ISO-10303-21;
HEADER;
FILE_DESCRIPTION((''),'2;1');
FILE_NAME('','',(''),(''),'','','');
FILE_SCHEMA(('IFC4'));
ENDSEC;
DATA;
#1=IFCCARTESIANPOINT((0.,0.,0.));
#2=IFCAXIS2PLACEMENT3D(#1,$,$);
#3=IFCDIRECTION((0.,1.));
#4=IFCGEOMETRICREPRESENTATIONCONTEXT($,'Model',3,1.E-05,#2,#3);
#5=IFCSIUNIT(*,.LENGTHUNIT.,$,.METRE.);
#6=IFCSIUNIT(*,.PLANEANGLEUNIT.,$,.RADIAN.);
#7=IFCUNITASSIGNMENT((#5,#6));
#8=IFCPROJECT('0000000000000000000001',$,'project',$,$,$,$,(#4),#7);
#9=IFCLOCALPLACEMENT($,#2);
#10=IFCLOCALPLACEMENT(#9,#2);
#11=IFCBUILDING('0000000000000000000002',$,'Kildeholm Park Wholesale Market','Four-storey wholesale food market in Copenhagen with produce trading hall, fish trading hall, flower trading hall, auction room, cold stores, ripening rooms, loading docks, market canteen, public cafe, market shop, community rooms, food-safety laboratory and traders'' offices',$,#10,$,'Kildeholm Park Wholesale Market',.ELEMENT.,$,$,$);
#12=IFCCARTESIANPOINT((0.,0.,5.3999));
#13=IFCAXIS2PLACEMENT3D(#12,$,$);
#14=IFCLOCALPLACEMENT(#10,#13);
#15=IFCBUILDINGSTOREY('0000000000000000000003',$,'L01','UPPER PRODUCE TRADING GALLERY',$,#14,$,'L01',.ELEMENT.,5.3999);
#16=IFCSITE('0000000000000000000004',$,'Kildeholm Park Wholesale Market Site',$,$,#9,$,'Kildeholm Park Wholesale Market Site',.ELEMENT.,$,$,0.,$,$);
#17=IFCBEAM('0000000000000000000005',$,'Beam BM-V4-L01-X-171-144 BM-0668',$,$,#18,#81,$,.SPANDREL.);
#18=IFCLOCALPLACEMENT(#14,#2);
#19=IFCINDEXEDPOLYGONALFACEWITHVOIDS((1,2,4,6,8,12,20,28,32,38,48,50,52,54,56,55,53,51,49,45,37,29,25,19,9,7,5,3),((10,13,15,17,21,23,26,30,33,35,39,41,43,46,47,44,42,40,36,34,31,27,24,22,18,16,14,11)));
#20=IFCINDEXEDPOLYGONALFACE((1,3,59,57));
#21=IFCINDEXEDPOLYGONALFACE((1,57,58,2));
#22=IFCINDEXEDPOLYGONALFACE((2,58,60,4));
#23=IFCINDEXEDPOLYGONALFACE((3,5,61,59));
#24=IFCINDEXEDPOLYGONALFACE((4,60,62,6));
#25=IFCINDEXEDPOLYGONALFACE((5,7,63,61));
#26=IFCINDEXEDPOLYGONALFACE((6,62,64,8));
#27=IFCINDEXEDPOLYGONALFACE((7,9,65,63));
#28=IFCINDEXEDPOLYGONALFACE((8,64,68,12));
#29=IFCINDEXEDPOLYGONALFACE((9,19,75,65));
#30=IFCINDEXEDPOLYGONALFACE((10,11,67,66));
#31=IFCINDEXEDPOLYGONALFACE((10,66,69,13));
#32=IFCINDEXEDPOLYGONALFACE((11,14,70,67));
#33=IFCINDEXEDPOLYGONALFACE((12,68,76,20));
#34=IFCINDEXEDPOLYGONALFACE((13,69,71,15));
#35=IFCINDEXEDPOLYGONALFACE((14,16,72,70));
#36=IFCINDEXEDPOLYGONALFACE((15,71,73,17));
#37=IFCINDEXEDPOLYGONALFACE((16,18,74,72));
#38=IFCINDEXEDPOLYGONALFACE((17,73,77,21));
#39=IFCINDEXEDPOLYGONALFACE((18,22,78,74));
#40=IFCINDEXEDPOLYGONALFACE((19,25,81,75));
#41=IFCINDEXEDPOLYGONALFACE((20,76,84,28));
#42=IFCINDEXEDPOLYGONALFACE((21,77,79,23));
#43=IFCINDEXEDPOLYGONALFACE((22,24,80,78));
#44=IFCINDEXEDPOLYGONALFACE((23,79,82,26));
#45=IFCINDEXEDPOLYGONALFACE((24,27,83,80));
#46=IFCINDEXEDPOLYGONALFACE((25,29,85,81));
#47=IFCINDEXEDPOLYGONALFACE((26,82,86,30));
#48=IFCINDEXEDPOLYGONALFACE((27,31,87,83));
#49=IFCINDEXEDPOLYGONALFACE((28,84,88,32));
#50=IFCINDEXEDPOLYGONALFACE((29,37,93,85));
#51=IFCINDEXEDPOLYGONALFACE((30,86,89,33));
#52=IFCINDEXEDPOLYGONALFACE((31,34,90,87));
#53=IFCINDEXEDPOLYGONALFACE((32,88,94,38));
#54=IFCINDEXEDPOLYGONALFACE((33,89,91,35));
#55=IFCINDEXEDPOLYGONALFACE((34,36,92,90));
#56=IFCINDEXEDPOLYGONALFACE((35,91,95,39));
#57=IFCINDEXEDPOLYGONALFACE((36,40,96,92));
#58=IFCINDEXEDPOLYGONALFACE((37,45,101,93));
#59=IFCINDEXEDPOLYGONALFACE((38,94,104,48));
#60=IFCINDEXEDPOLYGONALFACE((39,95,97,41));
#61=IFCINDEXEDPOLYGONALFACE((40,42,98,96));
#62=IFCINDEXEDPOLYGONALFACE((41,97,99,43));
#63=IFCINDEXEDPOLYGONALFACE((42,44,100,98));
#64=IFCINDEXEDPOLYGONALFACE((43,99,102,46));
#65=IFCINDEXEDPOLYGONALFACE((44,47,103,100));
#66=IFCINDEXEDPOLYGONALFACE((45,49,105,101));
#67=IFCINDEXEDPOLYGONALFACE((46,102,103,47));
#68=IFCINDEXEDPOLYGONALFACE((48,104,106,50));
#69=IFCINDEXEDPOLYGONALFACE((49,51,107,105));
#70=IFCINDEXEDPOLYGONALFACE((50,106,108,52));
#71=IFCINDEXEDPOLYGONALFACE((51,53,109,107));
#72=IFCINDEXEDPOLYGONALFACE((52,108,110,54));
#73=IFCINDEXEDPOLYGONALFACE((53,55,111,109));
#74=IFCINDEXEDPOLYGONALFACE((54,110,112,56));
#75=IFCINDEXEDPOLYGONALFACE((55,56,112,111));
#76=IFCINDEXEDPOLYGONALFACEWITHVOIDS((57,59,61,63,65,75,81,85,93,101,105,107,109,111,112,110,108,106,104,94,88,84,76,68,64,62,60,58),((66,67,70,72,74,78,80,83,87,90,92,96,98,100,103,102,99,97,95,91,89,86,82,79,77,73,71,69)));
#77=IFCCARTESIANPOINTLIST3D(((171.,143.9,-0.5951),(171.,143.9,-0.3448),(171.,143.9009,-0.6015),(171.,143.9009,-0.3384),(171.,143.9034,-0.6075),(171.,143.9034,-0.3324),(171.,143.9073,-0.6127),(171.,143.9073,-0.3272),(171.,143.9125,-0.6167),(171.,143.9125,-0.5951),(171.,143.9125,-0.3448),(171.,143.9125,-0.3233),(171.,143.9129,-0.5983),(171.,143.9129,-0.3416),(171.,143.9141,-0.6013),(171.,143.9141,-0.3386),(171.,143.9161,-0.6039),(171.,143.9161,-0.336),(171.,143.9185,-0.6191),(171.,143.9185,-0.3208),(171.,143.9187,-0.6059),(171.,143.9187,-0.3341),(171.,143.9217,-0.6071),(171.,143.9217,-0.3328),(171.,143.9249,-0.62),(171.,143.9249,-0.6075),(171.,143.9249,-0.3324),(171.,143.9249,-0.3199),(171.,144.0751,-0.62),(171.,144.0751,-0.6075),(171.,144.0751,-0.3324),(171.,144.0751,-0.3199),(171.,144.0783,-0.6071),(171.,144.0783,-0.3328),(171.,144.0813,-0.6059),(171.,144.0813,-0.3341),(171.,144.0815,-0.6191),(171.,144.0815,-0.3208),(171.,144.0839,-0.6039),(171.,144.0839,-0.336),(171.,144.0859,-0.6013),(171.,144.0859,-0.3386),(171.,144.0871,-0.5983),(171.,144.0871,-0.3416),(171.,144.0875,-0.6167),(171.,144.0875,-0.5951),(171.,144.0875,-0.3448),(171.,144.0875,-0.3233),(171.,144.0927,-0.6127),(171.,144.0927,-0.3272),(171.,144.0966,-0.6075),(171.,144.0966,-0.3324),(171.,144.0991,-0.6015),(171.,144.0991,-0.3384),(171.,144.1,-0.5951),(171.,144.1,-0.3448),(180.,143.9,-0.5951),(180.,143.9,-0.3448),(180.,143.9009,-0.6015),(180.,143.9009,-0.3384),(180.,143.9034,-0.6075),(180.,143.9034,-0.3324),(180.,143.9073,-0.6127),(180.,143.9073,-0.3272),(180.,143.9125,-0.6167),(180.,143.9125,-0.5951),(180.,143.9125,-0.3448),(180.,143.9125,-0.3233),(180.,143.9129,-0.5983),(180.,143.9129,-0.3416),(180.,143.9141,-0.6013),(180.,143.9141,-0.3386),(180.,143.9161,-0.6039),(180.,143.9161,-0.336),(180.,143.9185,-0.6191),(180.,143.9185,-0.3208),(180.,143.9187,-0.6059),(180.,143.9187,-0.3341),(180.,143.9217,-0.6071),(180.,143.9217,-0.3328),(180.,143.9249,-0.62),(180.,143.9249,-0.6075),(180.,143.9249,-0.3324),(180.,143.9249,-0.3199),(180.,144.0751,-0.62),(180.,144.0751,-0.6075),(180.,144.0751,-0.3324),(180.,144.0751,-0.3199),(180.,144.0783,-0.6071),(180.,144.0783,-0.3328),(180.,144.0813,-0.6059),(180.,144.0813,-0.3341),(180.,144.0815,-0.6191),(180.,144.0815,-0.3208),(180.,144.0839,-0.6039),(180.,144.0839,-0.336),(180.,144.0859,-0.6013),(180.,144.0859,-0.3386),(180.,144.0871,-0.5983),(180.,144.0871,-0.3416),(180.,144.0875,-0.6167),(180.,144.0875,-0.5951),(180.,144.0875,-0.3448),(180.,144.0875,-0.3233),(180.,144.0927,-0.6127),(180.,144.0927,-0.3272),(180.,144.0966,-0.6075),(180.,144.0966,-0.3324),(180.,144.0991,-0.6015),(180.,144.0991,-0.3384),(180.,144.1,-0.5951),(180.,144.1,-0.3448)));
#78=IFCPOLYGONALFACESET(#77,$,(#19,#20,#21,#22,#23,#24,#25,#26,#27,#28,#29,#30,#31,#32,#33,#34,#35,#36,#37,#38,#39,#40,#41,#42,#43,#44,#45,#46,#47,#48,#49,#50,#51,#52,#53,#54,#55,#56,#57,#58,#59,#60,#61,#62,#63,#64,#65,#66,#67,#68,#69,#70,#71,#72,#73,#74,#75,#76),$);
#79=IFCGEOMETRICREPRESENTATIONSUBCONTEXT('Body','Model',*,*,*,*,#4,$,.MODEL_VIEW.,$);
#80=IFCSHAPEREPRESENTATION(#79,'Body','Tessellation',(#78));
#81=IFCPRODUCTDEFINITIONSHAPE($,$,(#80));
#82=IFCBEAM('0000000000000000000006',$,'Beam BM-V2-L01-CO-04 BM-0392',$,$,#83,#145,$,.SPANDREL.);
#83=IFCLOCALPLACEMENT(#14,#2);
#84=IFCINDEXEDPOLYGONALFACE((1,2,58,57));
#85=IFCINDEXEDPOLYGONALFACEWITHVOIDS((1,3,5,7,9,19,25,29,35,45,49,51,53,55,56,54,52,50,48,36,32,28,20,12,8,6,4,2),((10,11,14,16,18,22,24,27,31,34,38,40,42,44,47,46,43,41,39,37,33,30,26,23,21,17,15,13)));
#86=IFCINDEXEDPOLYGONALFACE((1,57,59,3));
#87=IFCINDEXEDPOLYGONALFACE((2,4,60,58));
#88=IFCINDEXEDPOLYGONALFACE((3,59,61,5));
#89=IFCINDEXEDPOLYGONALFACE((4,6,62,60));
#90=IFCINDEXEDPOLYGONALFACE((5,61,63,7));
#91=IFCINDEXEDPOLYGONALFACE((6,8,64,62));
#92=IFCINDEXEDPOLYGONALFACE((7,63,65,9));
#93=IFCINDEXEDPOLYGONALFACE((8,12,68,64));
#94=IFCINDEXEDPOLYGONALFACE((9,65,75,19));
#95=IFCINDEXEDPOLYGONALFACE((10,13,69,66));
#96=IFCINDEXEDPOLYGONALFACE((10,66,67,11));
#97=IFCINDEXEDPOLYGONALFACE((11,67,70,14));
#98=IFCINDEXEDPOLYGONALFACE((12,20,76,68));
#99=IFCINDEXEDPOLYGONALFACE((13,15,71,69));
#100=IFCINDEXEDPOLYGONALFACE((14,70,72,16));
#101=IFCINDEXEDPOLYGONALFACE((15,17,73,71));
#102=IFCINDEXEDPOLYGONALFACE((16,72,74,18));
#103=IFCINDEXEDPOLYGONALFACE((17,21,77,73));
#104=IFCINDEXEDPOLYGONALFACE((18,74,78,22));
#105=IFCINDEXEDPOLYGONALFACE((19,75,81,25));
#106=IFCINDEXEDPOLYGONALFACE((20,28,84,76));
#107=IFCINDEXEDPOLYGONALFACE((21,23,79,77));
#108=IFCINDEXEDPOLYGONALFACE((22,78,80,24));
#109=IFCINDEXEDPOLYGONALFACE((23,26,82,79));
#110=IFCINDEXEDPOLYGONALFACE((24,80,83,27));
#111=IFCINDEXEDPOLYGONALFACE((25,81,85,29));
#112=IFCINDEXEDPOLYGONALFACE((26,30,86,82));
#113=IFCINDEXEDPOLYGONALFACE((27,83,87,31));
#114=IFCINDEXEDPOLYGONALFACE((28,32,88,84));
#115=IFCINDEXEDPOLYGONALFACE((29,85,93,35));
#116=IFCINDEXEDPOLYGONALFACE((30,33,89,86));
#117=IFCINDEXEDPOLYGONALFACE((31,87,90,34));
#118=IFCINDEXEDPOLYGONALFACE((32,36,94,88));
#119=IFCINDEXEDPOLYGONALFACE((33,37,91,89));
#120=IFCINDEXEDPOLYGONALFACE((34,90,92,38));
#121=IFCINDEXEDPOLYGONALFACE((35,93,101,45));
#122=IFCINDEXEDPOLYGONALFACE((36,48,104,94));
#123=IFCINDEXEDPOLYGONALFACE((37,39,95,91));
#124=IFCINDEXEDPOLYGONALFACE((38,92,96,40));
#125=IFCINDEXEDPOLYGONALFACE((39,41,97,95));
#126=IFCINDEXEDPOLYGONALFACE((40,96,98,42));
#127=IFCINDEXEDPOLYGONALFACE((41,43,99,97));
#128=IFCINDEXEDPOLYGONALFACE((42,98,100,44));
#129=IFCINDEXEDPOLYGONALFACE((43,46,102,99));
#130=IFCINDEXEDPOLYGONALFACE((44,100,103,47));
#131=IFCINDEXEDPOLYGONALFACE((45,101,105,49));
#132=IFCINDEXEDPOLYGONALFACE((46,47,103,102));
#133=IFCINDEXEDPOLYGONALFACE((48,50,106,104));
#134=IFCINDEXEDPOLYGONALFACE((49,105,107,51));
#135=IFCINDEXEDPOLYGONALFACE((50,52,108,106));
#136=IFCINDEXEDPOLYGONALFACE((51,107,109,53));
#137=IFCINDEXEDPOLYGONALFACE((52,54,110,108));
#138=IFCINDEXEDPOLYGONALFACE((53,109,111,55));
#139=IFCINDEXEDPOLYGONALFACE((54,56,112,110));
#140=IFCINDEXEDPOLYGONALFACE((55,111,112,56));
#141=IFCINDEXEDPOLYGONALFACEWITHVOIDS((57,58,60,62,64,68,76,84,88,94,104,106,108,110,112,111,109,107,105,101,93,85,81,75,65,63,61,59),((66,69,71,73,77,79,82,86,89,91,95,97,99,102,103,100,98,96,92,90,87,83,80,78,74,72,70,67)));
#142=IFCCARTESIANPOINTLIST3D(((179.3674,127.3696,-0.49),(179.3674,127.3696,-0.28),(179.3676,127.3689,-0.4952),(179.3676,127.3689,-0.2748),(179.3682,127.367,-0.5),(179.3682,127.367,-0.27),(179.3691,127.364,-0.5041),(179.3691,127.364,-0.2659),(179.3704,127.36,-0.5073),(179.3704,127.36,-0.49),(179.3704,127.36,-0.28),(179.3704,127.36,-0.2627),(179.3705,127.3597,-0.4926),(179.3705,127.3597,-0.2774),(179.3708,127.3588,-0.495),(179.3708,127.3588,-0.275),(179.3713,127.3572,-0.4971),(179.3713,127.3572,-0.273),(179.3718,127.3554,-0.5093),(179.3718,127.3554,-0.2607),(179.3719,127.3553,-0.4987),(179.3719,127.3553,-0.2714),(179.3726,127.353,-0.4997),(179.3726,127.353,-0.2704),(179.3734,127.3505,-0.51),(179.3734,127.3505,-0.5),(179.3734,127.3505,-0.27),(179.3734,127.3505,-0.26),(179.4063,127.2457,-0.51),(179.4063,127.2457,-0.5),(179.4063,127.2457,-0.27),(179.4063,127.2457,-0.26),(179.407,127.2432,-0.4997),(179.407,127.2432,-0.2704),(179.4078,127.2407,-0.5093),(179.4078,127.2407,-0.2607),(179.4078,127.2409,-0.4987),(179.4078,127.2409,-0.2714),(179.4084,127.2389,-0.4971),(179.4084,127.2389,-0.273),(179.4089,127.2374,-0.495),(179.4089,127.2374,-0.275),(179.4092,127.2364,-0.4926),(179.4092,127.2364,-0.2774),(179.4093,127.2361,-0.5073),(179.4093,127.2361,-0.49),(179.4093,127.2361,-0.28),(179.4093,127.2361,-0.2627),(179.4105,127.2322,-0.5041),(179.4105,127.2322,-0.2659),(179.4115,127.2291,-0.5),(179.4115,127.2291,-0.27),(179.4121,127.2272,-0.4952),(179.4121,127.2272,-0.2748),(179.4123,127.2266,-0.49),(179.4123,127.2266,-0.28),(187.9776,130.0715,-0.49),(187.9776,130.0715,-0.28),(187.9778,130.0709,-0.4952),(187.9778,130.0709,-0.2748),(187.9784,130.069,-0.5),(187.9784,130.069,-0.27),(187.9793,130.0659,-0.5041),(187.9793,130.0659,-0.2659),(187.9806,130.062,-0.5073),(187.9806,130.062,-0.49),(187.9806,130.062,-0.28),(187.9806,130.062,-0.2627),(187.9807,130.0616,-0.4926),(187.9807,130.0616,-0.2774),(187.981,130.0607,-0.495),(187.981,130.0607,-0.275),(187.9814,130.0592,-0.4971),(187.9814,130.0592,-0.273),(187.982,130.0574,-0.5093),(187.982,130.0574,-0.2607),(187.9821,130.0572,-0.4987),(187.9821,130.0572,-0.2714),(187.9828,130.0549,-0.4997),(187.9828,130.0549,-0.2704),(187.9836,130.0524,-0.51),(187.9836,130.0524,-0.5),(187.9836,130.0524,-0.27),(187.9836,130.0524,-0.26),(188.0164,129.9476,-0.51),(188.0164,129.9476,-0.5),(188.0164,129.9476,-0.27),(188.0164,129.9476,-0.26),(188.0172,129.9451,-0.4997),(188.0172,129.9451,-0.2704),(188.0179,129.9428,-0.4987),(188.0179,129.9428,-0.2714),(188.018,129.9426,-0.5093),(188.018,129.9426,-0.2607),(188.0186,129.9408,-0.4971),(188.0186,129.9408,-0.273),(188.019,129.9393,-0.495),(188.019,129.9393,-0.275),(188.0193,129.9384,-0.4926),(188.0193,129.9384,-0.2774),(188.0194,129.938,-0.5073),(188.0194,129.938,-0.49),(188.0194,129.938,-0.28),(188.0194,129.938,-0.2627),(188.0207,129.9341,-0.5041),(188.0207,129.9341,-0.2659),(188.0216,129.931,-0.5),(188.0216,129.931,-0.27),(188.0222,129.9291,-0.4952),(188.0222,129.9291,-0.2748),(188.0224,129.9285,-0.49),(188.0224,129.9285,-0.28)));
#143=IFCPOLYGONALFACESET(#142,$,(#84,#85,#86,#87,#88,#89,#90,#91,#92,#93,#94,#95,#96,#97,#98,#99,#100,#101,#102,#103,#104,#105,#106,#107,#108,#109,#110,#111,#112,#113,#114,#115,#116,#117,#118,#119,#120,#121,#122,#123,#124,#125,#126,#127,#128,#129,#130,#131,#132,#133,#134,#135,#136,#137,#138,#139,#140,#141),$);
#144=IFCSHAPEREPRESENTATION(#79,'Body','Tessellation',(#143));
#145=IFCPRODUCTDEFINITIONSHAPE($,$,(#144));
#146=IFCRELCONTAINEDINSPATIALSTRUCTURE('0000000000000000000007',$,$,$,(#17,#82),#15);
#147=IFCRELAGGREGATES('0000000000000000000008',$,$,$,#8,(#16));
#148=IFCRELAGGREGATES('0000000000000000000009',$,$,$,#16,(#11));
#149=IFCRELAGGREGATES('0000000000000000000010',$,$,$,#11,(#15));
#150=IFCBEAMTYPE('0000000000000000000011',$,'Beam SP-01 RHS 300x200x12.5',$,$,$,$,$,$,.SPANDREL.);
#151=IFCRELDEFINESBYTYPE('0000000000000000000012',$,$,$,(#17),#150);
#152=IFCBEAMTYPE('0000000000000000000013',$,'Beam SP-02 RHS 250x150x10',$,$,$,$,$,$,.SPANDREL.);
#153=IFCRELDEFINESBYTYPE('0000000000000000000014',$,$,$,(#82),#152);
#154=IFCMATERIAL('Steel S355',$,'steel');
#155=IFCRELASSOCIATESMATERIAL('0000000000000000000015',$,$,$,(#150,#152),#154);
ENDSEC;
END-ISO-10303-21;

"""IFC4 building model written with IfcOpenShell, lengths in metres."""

from ifc_helpers import new_model, si_unit, direction, frame, origin, origin_2d, place, context, subcontext, project, spatial, hollow_rectangle, extrude, material, material_profile, profile_set, type_object, element, save


model = new_model("IFC4")

# Units and contexts
model_context = context("Model", 3, precision=1e-05, world=origin(), true_north=direction((0.0, 1.0)))
body_context = subcontext(model_context, "Body", "Model", "MODEL_VIEW")
ifc_project = project(units=[si_unit("LENGTHUNIT", "METRE"), si_unit("PLANEANGLEUNIT", "RADIAN")], contexts=[model_context])

# Site, building, storey
site_placement = place(None, origin())
site = spatial("IfcSite", under=ifc_project, at=site_placement, Name="Kildeholm Park Wholesale Market Site", LongName="Kildeholm Park Wholesale Market Site", CompositionType="ELEMENT", RefElevation=0.0)
building_placement = place(site_placement, origin())
building = spatial("IfcBuilding", under=site, at=building_placement, Name="Kildeholm Park Wholesale Market", Description="Four-storey wholesale food market in Copenhagen with produce trading hall, fish trading hall, flower trading hall, auction room, cold stores, ripening rooms, loading docks, market canteen, public cafe, market shop, community rooms, food-safety laboratory and traders' offices", LongName="Kildeholm Park Wholesale Market", CompositionType="ELEMENT")
storey_placement = place(building_placement, frame((0.0, 0.0, 5.3999)))
storey = spatial("IfcBuildingStorey", under=building, at=storey_placement, Name="L01", Description="UPPER PRODUCE TRADING GALLERY", LongName="L01", CompositionType="ELEMENT", Elevation=5.3999)

# Shared definitions
ifc_material_1 = material(Name="Steel S355", Category="steel")

# Beams
ifc_material_profile_1 = material_profile(ifc_material_1, hollow_rectangle(XDim=0.2, YDim=0.3, WallThickness=0.0125, InnerFilletRadius=0.0125, OuterFilletRadius=0.0249, at=origin_2d()), Name="RHS 300x200x12.5")
ifc_profile_set_1 = profile_set([ifc_material_profile_1], Name="Steel S355")
beam_type_1 = type_object("IfcBeamType", Name="Beam SP-01 RHS 300x200x12.5", PredefinedType="SPANDREL", material=ifc_profile_set_1)
beam_1_placement = place(storey_placement, frame((171.0, 144.0, -0.47), z_axis=(1.0, 0.0, 0.0), x_axis=(0.0, 1.0, 0.0)))
element("IfcBeam", 1, at=beam_1_placement, inside=storey, type_object=beam_type_1, Name="Beam BM-V4-L01-X-171-144 BM-0668", PredefinedType="SPANDREL", context=body_context, shape_type="SweptSolid", body=[
    extrude(hollow_rectangle(XDim=0.2, YDim=0.3, WallThickness=0.0125, InnerFilletRadius=0.0125, OuterFilletRadius=0.0249, at=origin_2d()), origin(), (0.0, 0.0, 1.0), 9.0),
])
ifc_material_profile_2 = material_profile(ifc_material_1, hollow_rectangle(XDim=0.1499, YDim=0.25, WallThickness=0.01, InnerFilletRadius=0.01, OuterFilletRadius=0.02, at=origin_2d()), Name="RHS 250x150x10")
ifc_profile_set_2 = profile_set([ifc_material_profile_2], Name="Steel S355")
beam_type_2 = type_object("IfcBeamType", Name="Beam SP-02 RHS 250x150x10", PredefinedType="SPANDREL", material=ifc_profile_set_2)
beam_2_placement = place(storey_placement, frame((188.0, 130.0, -0.385), z_axis=(-0.954125, -0.29941, 0.0), x_axis=(0.29941, -0.954125, 0.0)))
element("IfcBeam", 2, at=beam_2_placement, inside=storey, type_object=beam_type_2, Name="Beam BM-V2-L01-CO-04 BM-0392", PredefinedType="SPANDREL", context=body_context, shape_type="SweptSolid", body=[
    extrude(hollow_rectangle(XDim=0.1499, YDim=0.25, WallThickness=0.01, InnerFilletRadius=0.01, OuterFilletRadius=0.02, at=origin_2d()), origin(), (0.0, 0.0, 1.0), 9.0242),
])

save(model, "model.ifc")
